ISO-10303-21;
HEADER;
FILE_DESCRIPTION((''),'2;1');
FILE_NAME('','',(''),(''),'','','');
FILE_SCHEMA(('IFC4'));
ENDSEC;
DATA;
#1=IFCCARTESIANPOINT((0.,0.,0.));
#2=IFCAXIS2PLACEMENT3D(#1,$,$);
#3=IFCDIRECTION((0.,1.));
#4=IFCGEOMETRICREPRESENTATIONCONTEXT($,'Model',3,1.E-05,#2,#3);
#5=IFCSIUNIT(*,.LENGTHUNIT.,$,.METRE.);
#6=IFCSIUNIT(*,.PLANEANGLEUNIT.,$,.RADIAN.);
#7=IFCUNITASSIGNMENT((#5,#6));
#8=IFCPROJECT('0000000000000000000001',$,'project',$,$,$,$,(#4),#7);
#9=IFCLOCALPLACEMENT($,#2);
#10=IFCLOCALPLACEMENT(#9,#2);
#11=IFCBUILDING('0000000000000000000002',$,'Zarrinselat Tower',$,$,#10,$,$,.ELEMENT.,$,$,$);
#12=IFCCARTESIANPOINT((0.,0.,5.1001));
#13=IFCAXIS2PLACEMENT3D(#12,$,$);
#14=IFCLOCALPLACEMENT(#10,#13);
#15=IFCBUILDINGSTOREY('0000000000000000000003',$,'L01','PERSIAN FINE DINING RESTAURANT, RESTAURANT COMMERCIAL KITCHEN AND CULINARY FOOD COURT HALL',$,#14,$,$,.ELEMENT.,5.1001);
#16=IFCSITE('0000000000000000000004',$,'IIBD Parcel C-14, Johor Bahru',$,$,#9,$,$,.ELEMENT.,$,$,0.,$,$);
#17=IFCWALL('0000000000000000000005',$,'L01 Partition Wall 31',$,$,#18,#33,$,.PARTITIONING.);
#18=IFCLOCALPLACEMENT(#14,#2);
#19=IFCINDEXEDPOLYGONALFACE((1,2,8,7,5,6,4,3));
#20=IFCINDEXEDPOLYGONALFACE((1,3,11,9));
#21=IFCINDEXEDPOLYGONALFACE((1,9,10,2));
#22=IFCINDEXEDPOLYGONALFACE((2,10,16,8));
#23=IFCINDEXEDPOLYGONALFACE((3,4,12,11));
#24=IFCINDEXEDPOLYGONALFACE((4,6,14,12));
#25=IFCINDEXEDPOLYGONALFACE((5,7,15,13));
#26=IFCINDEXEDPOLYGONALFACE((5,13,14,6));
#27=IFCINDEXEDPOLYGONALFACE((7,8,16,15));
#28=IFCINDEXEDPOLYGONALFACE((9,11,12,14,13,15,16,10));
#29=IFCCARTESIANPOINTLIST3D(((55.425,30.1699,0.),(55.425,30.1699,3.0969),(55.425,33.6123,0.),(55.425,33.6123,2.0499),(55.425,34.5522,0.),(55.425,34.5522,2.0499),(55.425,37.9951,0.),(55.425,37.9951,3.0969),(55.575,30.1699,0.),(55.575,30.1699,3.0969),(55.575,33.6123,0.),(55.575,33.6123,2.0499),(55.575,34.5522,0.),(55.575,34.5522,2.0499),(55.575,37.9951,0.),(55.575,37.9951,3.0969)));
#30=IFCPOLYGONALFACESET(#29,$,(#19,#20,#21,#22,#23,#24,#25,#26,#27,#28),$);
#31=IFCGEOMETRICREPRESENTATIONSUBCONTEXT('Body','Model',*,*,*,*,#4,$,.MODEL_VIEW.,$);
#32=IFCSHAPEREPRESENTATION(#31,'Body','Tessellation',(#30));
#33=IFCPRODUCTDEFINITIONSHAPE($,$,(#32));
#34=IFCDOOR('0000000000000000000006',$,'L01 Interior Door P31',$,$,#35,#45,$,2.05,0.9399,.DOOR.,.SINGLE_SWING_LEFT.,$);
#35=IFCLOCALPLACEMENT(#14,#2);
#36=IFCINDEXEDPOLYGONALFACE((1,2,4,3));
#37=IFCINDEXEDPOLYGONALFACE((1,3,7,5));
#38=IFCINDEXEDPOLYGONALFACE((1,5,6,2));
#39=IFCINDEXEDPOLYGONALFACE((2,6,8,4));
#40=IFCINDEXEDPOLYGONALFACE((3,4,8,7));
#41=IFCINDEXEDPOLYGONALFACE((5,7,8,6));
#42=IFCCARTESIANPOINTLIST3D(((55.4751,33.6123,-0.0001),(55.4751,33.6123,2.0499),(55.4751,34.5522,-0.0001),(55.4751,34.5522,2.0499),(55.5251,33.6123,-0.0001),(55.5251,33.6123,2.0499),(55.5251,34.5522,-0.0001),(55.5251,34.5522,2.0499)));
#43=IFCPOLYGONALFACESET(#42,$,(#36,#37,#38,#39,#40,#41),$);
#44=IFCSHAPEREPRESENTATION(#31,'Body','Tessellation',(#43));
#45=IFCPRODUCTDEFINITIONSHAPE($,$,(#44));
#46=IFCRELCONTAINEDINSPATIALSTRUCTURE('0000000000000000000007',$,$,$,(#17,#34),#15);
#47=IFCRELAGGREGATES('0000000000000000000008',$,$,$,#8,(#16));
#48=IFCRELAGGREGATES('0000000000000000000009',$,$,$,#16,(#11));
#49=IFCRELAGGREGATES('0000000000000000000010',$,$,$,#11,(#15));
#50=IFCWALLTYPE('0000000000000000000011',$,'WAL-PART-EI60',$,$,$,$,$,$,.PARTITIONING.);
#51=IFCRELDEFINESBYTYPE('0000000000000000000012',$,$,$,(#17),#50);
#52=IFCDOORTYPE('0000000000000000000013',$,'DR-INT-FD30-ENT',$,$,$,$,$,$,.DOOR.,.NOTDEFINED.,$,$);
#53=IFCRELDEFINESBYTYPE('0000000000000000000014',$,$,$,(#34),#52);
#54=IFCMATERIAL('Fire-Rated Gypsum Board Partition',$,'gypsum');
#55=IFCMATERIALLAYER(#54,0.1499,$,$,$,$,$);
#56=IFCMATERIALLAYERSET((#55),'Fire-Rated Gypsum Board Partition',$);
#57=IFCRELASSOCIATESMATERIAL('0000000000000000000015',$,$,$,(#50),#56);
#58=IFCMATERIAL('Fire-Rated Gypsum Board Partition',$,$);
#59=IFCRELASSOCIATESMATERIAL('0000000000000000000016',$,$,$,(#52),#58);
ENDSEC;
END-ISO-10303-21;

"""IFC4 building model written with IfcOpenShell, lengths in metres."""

from ifc_helpers import new_model, si_unit, direction, frame, frame_2d, origin, place, context, subcontext, project, spatial, rectangle, extrude, material, layer, layer_set, type_object, element, fill, save


model = new_model("IFC4")

# Units and contexts
model_context = context("Model", 3, precision=1e-05, world=origin(), true_north=direction((0.0, 1.0)))
body_context = subcontext(model_context, "Body", "Model", "MODEL_VIEW")
ifc_project = project(units=[si_unit("LENGTHUNIT", "METRE"), si_unit("PLANEANGLEUNIT", "RADIAN")], contexts=[model_context])

# Site, building, storey
site_placement = place(None, origin())
site = spatial("IfcSite", under=ifc_project, at=site_placement, Name="IIBD Parcel C-14, Johor Bahru", CompositionType="ELEMENT", RefElevation=0.0)
building_placement = place(site_placement, origin())
building = spatial("IfcBuilding", under=site, at=building_placement, Name="Zarrinselat Tower", CompositionType="ELEMENT")
storey_placement = place(building_placement, frame((0.0, 0.0, 5.1001)))
storey = spatial("IfcBuildingStorey", under=building, at=storey_placement, Name="L01", Description="PERSIAN FINE DINING RESTAURANT, RESTAURANT COMMERCIAL KITCHEN AND CULINARY FOOD COURT HALL", CompositionType="ELEMENT", Elevation=5.1001)

# Shared definitions
ifc_material_1 = material(Name="Fire-Rated Gypsum Board Partition", Category="gypsum")
ifc_layer_1 = layer(ifc_material_1, 0.1499)
ifc_layer_set_1 = layer_set([ifc_layer_1], Name="Fire-Rated Gypsum Board Partition")
wall_type_1 = type_object("IfcWallType", Name="WAL-PART-EI60", PredefinedType="PARTITIONING", material=ifc_layer_set_1)

# Wall, opening, door
wall_1_placement = place(storey_placement, frame((55.5, 30.1699, 0.0), z_axis=(0.0, 0.0, 1.0), x_axis=(0.0, 1.0, 0.0)))
wall_1 = element("IfcWall", 1, at=wall_1_placement, inside=storey, type_object=wall_type_1, Name="L01 Partition Wall 31", PredefinedType="PARTITIONING", context=body_context, shape_type="SweptSolid", body=[
    extrude(rectangle(XDim=7.8252, YDim=0.1499, at=frame_2d((3.9126, 0.0))), origin(), (0.0, 0.0, 1.0), 3.0969),
])
opening_1_placement = place(wall_1_placement, frame((3.4424, 0.0, 0.0)))
opening_1 = element("IfcOpeningElement", 2, at=opening_1_placement, cuts=wall_1, PredefinedType="OPENING", context=body_context, shape_type="SweptSolid", body=[
    extrude(rectangle(XDim=0.9399, YDim=2.05, at=frame_2d((0.47, 1.0249))), frame((0.0, 0.085, 0.0), z_axis=(0.0, -1.0, 0.0), x_axis=(1.0, 0.0, 0.0)), (0.0, 0.0, 1.0), 0.1699),
])
ifc_material_2 = material(Name="Fire-Rated Gypsum Board Partition")
door_type_1 = type_object("IfcDoorType", Name="DR-INT-FD30-ENT", OperationType="NOTDEFINED", PredefinedType="DOOR", material=ifc_material_2)
door_1_placement = place(opening_1_placement, origin())
door_1 = element("IfcDoor", 3, at=door_1_placement, inside=storey, type_object=door_type_1, Name="L01 Interior Door P31", OperationType="SINGLE_SWING_LEFT", OverallHeight=2.05, OverallWidth=0.9399, PredefinedType="DOOR", context=body_context, shape_type="SweptSolid", body=[
    extrude(rectangle(XDim=0.9399, YDim=2.05, at=frame_2d((0.47, 1.0249))), frame((0.0, 0.0249, 0.0), z_axis=(0.0, -1.0, 0.0), x_axis=(1.0, 0.0, 0.0)), (0.0, 0.0, 1.0), 0.05),
])
fill(opening_1, door_1)

save(model, "model.ifc")
